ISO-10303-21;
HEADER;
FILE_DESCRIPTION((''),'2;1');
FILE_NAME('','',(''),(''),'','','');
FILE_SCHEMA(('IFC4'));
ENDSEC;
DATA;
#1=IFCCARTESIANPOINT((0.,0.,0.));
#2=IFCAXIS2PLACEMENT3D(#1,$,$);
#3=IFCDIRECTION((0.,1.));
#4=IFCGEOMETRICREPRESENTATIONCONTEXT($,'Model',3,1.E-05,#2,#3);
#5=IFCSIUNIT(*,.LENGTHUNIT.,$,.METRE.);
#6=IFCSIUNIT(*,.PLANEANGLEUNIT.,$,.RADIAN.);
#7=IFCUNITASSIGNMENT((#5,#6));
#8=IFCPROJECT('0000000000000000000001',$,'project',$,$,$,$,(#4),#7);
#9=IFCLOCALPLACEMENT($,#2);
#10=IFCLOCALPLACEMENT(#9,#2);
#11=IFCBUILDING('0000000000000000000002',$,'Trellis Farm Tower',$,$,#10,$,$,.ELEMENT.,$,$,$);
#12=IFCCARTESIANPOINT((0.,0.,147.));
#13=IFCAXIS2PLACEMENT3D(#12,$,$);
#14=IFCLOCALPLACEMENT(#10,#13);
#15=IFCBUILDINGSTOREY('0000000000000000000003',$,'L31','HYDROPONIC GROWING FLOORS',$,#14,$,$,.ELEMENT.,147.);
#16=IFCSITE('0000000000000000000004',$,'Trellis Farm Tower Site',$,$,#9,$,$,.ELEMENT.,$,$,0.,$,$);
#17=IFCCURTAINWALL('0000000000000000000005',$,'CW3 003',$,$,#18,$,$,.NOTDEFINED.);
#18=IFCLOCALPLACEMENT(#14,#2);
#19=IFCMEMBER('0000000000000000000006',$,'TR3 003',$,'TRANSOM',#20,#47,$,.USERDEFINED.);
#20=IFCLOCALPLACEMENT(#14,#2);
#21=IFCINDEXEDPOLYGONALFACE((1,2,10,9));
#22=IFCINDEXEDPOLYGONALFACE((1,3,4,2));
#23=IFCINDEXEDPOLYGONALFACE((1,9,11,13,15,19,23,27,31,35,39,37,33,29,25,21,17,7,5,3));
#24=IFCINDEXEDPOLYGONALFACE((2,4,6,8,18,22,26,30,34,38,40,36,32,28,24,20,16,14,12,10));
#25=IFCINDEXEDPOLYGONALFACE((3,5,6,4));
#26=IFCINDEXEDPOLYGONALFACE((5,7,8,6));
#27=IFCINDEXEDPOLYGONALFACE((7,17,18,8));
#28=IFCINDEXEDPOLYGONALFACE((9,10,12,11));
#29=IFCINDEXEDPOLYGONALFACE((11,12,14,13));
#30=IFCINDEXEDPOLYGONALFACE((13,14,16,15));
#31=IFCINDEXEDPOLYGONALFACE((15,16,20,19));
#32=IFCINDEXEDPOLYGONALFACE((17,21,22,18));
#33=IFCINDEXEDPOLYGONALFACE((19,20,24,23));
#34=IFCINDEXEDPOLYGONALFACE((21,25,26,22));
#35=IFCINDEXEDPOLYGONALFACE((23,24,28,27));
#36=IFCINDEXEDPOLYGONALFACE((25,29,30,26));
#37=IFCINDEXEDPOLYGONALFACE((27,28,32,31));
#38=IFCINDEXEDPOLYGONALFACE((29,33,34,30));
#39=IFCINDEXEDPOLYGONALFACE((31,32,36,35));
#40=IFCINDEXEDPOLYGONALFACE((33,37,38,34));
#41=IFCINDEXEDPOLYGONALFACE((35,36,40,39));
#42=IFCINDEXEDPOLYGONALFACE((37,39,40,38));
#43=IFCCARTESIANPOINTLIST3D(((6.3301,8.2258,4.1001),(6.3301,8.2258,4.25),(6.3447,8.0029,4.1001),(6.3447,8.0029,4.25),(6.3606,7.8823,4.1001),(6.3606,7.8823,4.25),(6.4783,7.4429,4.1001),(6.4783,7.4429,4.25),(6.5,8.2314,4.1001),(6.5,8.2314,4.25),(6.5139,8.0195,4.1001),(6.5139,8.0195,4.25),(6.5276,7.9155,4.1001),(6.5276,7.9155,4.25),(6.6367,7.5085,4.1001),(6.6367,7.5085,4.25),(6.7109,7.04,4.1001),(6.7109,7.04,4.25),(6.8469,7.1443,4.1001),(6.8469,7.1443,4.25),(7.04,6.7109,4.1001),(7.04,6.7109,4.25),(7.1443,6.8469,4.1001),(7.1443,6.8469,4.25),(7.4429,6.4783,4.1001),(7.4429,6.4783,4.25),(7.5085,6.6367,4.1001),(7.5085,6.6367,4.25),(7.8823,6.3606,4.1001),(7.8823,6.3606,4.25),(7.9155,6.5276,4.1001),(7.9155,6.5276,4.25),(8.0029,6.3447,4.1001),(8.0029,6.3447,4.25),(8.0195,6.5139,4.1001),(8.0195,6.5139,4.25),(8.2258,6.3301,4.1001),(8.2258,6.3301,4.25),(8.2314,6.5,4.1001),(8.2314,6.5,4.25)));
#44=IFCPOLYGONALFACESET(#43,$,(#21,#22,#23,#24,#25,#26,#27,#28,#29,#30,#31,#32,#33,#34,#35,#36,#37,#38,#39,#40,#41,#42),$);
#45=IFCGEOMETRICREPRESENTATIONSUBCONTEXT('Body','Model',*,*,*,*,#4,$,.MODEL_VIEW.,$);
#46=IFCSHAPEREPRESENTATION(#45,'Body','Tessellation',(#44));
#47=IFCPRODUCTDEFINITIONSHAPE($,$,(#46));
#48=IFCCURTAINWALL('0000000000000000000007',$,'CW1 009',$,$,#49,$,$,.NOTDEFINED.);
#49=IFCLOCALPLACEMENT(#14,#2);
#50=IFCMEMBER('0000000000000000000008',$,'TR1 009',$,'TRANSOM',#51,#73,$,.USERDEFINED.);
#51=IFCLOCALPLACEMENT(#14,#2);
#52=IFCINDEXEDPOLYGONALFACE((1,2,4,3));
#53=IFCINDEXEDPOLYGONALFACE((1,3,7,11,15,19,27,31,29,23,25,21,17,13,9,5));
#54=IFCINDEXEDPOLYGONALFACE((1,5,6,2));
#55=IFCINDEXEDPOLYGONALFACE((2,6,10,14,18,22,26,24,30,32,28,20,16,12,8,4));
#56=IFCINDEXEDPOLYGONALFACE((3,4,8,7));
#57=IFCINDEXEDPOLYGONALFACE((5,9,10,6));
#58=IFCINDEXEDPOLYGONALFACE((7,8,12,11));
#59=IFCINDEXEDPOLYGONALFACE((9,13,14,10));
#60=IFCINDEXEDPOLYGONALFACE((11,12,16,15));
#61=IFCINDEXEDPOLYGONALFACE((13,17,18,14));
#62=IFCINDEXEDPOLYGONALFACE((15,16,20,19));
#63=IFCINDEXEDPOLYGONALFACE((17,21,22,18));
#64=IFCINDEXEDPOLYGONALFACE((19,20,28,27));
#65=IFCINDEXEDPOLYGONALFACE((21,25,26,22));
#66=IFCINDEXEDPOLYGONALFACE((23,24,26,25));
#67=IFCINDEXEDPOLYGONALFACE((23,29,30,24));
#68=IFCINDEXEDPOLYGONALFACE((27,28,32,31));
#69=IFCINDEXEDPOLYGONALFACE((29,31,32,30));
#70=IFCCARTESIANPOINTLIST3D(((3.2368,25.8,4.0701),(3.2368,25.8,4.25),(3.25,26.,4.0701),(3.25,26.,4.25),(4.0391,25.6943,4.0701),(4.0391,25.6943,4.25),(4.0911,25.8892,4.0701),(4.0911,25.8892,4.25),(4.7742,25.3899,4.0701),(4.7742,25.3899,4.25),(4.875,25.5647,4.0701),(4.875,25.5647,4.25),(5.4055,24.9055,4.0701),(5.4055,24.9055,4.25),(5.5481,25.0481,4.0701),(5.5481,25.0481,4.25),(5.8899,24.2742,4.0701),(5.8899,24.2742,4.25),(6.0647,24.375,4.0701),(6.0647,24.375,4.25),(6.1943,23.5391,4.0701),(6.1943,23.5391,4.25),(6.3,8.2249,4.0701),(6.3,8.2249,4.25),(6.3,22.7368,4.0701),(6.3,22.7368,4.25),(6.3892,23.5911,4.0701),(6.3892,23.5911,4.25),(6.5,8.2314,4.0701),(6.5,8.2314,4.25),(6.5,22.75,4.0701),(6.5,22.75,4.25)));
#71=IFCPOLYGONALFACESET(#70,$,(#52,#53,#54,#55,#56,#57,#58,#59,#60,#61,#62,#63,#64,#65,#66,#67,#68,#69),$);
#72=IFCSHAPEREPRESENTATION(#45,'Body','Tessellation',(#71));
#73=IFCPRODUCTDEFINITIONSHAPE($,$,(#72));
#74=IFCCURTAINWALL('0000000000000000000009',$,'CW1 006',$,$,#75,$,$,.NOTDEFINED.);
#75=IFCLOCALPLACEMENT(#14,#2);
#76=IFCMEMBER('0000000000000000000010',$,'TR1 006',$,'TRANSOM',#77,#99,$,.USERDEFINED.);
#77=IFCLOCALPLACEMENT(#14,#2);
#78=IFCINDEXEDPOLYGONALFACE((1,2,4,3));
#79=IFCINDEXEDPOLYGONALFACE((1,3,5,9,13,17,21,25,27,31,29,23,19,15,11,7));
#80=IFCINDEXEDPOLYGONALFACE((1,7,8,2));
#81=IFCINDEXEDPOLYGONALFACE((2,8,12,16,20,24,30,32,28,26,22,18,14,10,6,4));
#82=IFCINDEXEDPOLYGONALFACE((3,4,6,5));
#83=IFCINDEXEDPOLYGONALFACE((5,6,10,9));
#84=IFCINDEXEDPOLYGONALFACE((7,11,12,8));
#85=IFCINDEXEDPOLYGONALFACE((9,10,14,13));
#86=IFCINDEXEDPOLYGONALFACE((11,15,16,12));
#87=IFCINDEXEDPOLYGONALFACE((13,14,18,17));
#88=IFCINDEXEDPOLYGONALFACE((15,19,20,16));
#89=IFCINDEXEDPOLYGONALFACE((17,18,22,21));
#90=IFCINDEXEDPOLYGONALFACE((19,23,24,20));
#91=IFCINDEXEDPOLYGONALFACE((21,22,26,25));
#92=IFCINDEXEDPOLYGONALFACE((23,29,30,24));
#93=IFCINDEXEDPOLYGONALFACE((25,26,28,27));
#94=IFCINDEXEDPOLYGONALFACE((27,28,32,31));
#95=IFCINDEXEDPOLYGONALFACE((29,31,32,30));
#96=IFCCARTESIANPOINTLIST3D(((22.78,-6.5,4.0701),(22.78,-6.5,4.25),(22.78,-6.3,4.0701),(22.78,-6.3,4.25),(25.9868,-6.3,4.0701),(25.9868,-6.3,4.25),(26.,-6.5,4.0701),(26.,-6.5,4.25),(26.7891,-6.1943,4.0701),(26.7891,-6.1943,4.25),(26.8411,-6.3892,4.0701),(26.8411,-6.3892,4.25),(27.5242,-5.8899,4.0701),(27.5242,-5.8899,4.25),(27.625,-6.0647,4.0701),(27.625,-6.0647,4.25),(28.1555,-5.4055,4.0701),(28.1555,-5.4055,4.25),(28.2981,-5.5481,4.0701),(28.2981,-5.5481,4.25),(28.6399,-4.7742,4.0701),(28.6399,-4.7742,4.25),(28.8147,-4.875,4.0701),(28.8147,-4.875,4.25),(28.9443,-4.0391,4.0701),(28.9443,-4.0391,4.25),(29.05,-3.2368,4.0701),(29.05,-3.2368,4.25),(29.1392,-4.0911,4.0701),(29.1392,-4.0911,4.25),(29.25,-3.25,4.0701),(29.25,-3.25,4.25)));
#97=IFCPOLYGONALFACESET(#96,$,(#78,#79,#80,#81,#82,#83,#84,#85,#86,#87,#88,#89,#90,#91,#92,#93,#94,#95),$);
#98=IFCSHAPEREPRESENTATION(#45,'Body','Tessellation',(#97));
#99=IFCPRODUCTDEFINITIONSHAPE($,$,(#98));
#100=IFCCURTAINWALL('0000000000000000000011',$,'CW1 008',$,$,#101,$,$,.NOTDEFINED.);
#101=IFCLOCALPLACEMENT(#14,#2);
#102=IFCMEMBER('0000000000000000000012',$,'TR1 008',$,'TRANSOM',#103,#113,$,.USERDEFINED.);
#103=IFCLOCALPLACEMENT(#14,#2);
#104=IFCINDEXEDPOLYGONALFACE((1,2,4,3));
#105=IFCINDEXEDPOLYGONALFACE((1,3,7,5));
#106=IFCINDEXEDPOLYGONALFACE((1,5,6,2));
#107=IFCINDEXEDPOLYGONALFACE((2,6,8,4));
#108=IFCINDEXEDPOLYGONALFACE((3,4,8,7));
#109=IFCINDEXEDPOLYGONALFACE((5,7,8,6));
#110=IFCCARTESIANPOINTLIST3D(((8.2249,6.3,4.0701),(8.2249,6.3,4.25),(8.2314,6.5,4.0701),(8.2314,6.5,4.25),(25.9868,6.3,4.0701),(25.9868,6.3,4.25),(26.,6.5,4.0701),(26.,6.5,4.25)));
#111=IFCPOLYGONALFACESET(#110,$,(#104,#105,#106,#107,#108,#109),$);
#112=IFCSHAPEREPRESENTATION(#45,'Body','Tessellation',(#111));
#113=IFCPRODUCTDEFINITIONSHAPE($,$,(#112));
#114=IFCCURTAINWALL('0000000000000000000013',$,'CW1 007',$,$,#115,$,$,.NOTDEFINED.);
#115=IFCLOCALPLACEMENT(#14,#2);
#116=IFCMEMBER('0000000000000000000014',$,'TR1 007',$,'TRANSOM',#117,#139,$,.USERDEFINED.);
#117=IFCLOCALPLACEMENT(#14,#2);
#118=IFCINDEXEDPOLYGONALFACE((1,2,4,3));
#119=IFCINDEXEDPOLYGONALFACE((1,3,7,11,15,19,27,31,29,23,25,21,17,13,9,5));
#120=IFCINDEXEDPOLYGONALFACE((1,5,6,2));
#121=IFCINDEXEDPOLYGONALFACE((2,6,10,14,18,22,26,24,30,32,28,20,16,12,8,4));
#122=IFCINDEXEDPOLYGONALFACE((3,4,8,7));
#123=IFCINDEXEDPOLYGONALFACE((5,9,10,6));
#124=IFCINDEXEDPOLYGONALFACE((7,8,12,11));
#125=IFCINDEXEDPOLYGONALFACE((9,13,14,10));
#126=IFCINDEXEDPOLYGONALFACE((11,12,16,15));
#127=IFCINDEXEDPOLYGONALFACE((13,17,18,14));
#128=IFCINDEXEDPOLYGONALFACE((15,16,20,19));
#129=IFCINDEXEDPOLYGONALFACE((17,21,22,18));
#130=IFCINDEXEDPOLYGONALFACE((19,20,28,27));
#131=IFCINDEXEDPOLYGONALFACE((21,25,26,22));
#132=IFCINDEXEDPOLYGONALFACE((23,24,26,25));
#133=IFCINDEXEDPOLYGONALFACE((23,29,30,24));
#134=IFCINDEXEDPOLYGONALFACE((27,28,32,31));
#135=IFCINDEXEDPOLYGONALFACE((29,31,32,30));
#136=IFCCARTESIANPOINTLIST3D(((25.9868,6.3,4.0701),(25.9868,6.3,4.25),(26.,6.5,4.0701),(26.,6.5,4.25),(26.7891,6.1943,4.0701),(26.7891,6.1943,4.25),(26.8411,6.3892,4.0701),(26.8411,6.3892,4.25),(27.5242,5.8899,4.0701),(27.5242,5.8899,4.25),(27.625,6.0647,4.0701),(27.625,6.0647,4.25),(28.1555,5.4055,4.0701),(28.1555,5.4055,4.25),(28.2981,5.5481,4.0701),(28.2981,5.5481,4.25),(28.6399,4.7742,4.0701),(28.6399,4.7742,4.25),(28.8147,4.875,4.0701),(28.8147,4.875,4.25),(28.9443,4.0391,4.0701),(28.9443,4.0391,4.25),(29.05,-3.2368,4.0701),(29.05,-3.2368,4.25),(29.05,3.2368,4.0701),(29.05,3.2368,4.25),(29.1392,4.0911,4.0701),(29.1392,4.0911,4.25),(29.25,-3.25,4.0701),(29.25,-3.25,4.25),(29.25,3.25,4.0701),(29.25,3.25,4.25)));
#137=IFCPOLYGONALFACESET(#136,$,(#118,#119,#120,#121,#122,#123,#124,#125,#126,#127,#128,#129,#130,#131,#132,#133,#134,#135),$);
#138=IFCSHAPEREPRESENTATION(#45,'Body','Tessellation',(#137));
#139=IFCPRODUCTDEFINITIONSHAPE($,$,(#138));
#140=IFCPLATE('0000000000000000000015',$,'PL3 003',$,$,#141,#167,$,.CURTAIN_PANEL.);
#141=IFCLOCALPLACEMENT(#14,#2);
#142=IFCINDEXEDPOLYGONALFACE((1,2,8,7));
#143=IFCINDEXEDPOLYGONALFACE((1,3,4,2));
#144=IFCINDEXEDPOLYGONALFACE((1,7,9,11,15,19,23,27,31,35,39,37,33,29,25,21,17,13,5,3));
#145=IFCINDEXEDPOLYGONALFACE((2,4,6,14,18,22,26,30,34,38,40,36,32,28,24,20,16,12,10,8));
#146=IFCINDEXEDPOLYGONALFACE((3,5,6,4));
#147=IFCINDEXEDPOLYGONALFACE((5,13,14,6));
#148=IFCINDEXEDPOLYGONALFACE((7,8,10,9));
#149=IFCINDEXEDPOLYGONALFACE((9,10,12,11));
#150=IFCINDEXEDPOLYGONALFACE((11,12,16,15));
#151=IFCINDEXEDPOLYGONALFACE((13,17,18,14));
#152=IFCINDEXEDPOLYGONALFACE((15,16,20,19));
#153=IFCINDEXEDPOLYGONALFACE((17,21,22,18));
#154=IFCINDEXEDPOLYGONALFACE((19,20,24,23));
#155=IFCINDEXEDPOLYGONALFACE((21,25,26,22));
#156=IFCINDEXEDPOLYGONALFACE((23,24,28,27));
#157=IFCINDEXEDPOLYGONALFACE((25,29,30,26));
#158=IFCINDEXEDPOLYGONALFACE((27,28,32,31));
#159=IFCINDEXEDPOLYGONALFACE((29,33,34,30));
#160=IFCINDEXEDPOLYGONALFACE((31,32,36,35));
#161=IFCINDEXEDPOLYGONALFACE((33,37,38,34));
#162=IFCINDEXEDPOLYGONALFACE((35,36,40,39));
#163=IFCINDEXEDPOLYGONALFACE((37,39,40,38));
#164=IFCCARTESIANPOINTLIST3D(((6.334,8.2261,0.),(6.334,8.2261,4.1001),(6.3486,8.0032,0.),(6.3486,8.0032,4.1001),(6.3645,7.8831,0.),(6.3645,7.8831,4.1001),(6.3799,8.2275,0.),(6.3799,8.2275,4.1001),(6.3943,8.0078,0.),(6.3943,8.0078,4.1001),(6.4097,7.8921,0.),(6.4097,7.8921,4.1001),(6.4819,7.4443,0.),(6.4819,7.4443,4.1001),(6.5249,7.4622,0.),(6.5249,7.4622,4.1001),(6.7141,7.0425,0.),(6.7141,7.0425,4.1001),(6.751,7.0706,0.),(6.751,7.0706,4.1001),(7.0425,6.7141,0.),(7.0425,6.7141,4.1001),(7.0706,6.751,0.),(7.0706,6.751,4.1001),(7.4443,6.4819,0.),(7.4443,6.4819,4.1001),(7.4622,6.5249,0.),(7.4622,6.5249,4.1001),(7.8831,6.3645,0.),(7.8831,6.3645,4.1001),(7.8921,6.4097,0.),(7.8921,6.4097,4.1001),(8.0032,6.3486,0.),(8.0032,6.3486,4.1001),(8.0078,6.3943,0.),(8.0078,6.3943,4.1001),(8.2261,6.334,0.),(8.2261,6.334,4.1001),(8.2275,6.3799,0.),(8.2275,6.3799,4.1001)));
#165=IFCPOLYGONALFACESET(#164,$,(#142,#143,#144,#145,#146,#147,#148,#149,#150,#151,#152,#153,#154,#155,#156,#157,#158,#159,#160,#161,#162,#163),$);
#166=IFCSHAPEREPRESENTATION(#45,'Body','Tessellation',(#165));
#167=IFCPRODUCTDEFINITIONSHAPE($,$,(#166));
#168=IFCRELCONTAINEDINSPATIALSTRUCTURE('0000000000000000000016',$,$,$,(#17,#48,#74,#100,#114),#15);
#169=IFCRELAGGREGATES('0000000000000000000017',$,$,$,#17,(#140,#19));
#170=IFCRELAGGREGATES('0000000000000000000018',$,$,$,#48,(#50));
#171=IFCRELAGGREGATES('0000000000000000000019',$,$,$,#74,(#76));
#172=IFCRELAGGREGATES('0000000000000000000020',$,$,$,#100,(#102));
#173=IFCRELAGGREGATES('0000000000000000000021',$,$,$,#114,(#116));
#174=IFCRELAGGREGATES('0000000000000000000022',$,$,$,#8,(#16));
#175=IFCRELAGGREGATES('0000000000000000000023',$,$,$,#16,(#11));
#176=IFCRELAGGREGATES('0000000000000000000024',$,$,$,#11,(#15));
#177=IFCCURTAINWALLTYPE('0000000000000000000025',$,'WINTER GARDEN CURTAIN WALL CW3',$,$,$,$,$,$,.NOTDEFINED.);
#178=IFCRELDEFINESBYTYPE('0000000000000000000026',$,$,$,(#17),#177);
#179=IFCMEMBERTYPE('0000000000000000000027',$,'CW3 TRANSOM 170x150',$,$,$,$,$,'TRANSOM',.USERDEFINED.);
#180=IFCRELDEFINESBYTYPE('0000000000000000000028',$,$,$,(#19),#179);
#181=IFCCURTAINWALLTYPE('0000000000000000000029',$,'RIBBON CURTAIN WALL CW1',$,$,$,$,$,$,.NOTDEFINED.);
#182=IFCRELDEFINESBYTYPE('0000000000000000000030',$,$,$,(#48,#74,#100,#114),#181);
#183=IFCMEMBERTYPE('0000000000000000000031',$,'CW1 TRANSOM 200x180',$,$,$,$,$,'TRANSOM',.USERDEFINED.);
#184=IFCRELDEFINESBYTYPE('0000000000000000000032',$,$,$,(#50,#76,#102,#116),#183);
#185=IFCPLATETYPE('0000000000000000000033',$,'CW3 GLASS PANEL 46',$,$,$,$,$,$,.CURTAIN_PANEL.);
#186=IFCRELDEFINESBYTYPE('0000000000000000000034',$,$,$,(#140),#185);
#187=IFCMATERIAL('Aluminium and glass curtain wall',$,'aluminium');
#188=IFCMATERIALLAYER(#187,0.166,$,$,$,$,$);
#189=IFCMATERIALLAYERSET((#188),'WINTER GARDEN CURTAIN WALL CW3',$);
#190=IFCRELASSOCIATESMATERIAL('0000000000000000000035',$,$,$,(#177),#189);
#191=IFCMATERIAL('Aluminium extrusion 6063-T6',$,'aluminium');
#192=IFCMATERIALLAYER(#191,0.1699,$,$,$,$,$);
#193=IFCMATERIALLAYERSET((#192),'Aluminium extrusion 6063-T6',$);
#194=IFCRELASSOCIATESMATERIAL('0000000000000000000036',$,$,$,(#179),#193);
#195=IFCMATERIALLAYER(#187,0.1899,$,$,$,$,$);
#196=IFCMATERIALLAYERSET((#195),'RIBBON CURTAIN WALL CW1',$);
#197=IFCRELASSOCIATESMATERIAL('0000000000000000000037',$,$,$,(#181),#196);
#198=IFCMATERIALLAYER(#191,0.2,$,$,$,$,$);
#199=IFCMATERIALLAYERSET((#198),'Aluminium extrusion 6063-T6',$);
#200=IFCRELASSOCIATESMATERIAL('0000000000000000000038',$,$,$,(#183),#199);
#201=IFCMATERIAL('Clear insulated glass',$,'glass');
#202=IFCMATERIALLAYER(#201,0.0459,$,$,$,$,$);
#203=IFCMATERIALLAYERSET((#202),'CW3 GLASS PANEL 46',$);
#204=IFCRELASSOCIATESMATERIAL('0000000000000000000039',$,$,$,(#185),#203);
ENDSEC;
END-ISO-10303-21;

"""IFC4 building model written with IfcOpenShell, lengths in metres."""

from ifc_helpers import new_model, si_unit, direction, frame, origin, place, context, subcontext, project, spatial, polyline, outline, extrude, source, transform, mapped, material, layer, layer_set, type_object, element, aggregate, save


model = new_model("IFC4")

# Units and contexts
model_context = context("Model", 3, precision=1e-05, world=origin(), true_north=direction((0.0, 1.0)))
body_context = subcontext(model_context, "Body", "Model", "MODEL_VIEW")
ifc_project = project(units=[si_unit("LENGTHUNIT", "METRE"), si_unit("PLANEANGLEUNIT", "RADIAN")], contexts=[model_context])

# Site, building, storey
site_placement = place(None, origin())
site = spatial("IfcSite", under=ifc_project, at=site_placement, Name="Trellis Farm Tower Site", CompositionType="ELEMENT", RefElevation=0.0)
building_placement = place(site_placement, origin())
building = spatial("IfcBuilding", under=site, at=building_placement, Name="Trellis Farm Tower", CompositionType="ELEMENT")
storey_placement = place(building_placement, frame((0.0, 0.0, 147.0)))
storey = spatial("IfcBuildingStorey", under=building, at=storey_placement, Name="L31", Description="HYDROPONIC GROWING FLOORS", CompositionType="ELEMENT", Elevation=147.0)

# Curtain walls, members
ifc_material_1 = material(Name="Aluminium and glass curtain wall", Category="aluminium")
ifc_layer_1 = layer(ifc_material_1, 0.166)
ifc_layer_set_1 = layer_set([ifc_layer_1], Name="WINTER GARDEN CURTAIN WALL CW3")
curtain_wall_type_1 = type_object("IfcCurtainWallType", Name="WINTER GARDEN CURTAIN WALL CW3", PredefinedType="NOTDEFINED", material=ifc_layer_set_1)
placement_1 = place(storey_placement, origin())
curtain_wall_1 = element("IfcCurtainWall", 1, at=placement_1, inside=storey, type_object=curtain_wall_type_1, Name="CW3 003", PredefinedType="NOTDEFINED")
ifc_material_2 = material(Name="Aluminium extrusion 6063-T6", Category="aluminium")
ifc_layer_2 = layer(ifc_material_2, 0.1699)
ifc_layer_set_2 = layer_set([ifc_layer_2], Name="Aluminium extrusion 6063-T6")
member_type_1 = type_object("IfcMemberType", Name="CW3 TRANSOM 170x150", ElementType="TRANSOM", PredefinedType="USERDEFINED", material=ifc_layer_set_2)
shared_shape_1 = source(origin(), body_context, "Body", "SweptSolid", [
    extrude(outline(polyline([(8.2314, 6.5), (8.0195, 6.5139), (7.9155, 6.5276), (7.5085, 6.6367), (7.1443, 6.8469), (6.8469, 7.1443), (6.6367, 7.5085), (6.5276, 7.9155), (6.5139, 8.0195), (6.5, 8.2314), (6.3301, 8.2258), (6.3447, 8.0029), (6.3606, 7.8823), (6.4783, 7.4429), (6.7109, 7.04), (7.04, 6.7109), (7.4429, 6.4783), (7.8823, 6.3606), (8.0029, 6.3447), (8.2258, 6.3301), (8.2314, 6.5)])), origin(), (0.0, 0.0, 1.0), 0.1499),
])
member_1_placement = place(storey_placement, frame((0.0, 0.0, 4.1001)))
member_1 = element("IfcMember", 2, at=member_1_placement, type_object=member_type_1, Name="TR3 003", ObjectType="TRANSOM", PredefinedType="USERDEFINED", context=body_context, shape_type="MappedRepresentation", body=[
    mapped(shared_shape_1, transform((0.0, 0.0, 0.0))),
])
ifc_layer_3 = layer(ifc_material_1, 0.1899)
ifc_layer_set_3 = layer_set([ifc_layer_3], Name="RIBBON CURTAIN WALL CW1")
curtain_wall_type_2 = type_object("IfcCurtainWallType", Name="RIBBON CURTAIN WALL CW1", PredefinedType="NOTDEFINED", material=ifc_layer_set_3)
curtain_wall_2 = element("IfcCurtainWall", 3, at=placement_1, inside=storey, type_object=curtain_wall_type_2, Name="CW1 009", PredefinedType="NOTDEFINED")
ifc_layer_4 = layer(ifc_material_2, 0.2)
ifc_layer_set_4 = layer_set([ifc_layer_4], Name="Aluminium extrusion 6063-T6")
member_type_2 = type_object("IfcMemberType", Name="CW1 TRANSOM 200x180", ElementType="TRANSOM", PredefinedType="USERDEFINED", material=ifc_layer_set_4)
shared_shape_2 = source(origin(), body_context, "Body", "SweptSolid", [
    extrude(outline(polyline([(6.5, 8.2314), (6.5, 22.75), (6.3892, 23.5911), (6.0647, 24.375), (5.5481, 25.0481), (4.875, 25.5647), (4.0911, 25.8892), (3.25, 26.0), (3.2368, 25.8), (4.0391, 25.6943), (4.7742, 25.3899), (5.4055, 24.9055), (5.8899, 24.2742), (6.1943, 23.5391), (6.3, 22.7368), (6.3, 8.2249), (6.5, 8.2314)])), origin(), (0.0, 0.0, 1.0), 0.1799),
])
placement_2 = place(storey_placement, frame((0.0, 0.0, 4.0701)))
member_2 = element("IfcMember", 4, at=placement_2, type_object=member_type_2, Name="TR1 009", ObjectType="TRANSOM", PredefinedType="USERDEFINED", context=body_context, shape_type="MappedRepresentation", body=[
    mapped(shared_shape_2, transform((0.0, 0.0, 0.0))),
])
curtain_wall_3 = element("IfcCurtainWall", 5, at=placement_1, inside=storey, type_object=curtain_wall_type_2, Name="CW1 006", PredefinedType="NOTDEFINED")
shared_shape_3 = source(origin(), body_context, "Body", "SweptSolid", [
    extrude(outline(polyline([(22.78, -6.5), (26.0, -6.5), (26.8411, -6.3892), (27.625, -6.0647), (28.2981, -5.5481), (28.8147, -4.875), (29.1392, -4.0911), (29.25, -3.25), (29.05, -3.2368), (28.9443, -4.0391), (28.6399, -4.7742), (28.1555, -5.4055), (27.5242, -5.8899), (26.7891, -6.1943), (25.9868, -6.3), (22.78, -6.3), (22.78, -6.5)])), origin(), (0.0, 0.0, 1.0), 0.1799),
])
member_3 = element("IfcMember", 6, at=placement_2, type_object=member_type_2, Name="TR1 006", ObjectType="TRANSOM", PredefinedType="USERDEFINED", context=body_context, shape_type="MappedRepresentation", body=[
    mapped(shared_shape_3, transform((0.0, 0.0, 0.0))),
])
curtain_wall_4 = element("IfcCurtainWall", 7, at=placement_1, inside=storey, type_object=curtain_wall_type_2, Name="CW1 008", PredefinedType="NOTDEFINED")
shared_shape_4 = source(origin(), body_context, "Body", "SweptSolid", [
    extrude(outline(polyline([(26.0, 6.5), (8.2314, 6.5), (8.2249, 6.3), (25.9868, 6.3), (26.0, 6.5)])), origin(), (0.0, 0.0, 1.0), 0.1799),
])
member_4 = element("IfcMember", 8, at=placement_2, type_object=member_type_2, Name="TR1 008", ObjectType="TRANSOM", PredefinedType="USERDEFINED", context=body_context, shape_type="MappedRepresentation", body=[
    mapped(shared_shape_4, transform((0.0, 0.0, 0.0))),
])
curtain_wall_5 = element("IfcCurtainWall", 9, at=placement_1, inside=storey, type_object=curtain_wall_type_2, Name="CW1 007", PredefinedType="NOTDEFINED")
shared_shape_5 = source(origin(), body_context, "Body", "SweptSolid", [
    extrude(outline(polyline([(29.25, -3.25), (29.25, 3.25), (29.1392, 4.0911), (28.8147, 4.875), (28.2981, 5.5481), (27.625, 6.0647), (26.8411, 6.3892), (26.0, 6.5), (25.9868, 6.3), (26.7891, 6.1943), (27.5242, 5.8899), (28.1555, 5.4055), (28.6399, 4.7742), (28.9443, 4.0391), (29.05, 3.2368), (29.05, -3.2368), (29.25, -3.25)])), origin(), (0.0, 0.0, 1.0), 0.1799),
])
member_5 = element("IfcMember", 10, at=placement_2, type_object=member_type_2, Name="TR1 007", ObjectType="TRANSOM", PredefinedType="USERDEFINED", context=body_context, shape_type="MappedRepresentation", body=[
    mapped(shared_shape_5, transform((0.0, 0.0, 0.0))),
])

# Plate
ifc_material_3 = material(Name="Clear insulated glass", Category="glass")
ifc_layer_5 = layer(ifc_material_3, 0.0459)
ifc_layer_set_5 = layer_set([ifc_layer_5], Name="CW3 GLASS PANEL 46")
plate_type_1 = type_object("IfcPlateType", Name="CW3 GLASS PANEL 46", PredefinedType="CURTAIN_PANEL", material=ifc_layer_set_5)
shared_shape_6 = source(origin(), body_context, "Body", "SweptSolid", [
    extrude(outline(polyline([(8.2275, 6.3799), (8.0078, 6.3943), (7.8921, 6.4097), (7.4622, 6.5249), (7.0706, 6.751), (6.751, 7.0706), (6.5249, 7.4622), (6.4097, 7.8921), (6.3943, 8.0078), (6.3799, 8.2275), (6.334, 8.2261), (6.3486, 8.0032), (6.3645, 7.8831), (6.4819, 7.4443), (6.7141, 7.0425), (7.0425, 6.7141), (7.4443, 6.4819), (7.8831, 6.3645), (8.0032, 6.3486), (8.2261, 6.334), (8.2275, 6.3799)])), origin(), (0.0, 0.0, 1.0), 4.1001),
])
plate_1 = element("IfcPlate", 11, at=placement_1, type_object=plate_type_1, Name="PL3 003", PredefinedType="CURTAIN_PANEL", context=body_context, shape_type="MappedRepresentation", body=[
    mapped(shared_shape_6, transform((0.0, 0.0, 0.0))),
])
aggregate(curtain_wall_1, [plate_1, member_1])
aggregate(curtain_wall_2, [member_2])

aggregate(curtain_wall_3, [member_3])
aggregate(curtain_wall_4, [member_4])
aggregate(curtain_wall_5, [member_5])

save(model, "model.ifc")
